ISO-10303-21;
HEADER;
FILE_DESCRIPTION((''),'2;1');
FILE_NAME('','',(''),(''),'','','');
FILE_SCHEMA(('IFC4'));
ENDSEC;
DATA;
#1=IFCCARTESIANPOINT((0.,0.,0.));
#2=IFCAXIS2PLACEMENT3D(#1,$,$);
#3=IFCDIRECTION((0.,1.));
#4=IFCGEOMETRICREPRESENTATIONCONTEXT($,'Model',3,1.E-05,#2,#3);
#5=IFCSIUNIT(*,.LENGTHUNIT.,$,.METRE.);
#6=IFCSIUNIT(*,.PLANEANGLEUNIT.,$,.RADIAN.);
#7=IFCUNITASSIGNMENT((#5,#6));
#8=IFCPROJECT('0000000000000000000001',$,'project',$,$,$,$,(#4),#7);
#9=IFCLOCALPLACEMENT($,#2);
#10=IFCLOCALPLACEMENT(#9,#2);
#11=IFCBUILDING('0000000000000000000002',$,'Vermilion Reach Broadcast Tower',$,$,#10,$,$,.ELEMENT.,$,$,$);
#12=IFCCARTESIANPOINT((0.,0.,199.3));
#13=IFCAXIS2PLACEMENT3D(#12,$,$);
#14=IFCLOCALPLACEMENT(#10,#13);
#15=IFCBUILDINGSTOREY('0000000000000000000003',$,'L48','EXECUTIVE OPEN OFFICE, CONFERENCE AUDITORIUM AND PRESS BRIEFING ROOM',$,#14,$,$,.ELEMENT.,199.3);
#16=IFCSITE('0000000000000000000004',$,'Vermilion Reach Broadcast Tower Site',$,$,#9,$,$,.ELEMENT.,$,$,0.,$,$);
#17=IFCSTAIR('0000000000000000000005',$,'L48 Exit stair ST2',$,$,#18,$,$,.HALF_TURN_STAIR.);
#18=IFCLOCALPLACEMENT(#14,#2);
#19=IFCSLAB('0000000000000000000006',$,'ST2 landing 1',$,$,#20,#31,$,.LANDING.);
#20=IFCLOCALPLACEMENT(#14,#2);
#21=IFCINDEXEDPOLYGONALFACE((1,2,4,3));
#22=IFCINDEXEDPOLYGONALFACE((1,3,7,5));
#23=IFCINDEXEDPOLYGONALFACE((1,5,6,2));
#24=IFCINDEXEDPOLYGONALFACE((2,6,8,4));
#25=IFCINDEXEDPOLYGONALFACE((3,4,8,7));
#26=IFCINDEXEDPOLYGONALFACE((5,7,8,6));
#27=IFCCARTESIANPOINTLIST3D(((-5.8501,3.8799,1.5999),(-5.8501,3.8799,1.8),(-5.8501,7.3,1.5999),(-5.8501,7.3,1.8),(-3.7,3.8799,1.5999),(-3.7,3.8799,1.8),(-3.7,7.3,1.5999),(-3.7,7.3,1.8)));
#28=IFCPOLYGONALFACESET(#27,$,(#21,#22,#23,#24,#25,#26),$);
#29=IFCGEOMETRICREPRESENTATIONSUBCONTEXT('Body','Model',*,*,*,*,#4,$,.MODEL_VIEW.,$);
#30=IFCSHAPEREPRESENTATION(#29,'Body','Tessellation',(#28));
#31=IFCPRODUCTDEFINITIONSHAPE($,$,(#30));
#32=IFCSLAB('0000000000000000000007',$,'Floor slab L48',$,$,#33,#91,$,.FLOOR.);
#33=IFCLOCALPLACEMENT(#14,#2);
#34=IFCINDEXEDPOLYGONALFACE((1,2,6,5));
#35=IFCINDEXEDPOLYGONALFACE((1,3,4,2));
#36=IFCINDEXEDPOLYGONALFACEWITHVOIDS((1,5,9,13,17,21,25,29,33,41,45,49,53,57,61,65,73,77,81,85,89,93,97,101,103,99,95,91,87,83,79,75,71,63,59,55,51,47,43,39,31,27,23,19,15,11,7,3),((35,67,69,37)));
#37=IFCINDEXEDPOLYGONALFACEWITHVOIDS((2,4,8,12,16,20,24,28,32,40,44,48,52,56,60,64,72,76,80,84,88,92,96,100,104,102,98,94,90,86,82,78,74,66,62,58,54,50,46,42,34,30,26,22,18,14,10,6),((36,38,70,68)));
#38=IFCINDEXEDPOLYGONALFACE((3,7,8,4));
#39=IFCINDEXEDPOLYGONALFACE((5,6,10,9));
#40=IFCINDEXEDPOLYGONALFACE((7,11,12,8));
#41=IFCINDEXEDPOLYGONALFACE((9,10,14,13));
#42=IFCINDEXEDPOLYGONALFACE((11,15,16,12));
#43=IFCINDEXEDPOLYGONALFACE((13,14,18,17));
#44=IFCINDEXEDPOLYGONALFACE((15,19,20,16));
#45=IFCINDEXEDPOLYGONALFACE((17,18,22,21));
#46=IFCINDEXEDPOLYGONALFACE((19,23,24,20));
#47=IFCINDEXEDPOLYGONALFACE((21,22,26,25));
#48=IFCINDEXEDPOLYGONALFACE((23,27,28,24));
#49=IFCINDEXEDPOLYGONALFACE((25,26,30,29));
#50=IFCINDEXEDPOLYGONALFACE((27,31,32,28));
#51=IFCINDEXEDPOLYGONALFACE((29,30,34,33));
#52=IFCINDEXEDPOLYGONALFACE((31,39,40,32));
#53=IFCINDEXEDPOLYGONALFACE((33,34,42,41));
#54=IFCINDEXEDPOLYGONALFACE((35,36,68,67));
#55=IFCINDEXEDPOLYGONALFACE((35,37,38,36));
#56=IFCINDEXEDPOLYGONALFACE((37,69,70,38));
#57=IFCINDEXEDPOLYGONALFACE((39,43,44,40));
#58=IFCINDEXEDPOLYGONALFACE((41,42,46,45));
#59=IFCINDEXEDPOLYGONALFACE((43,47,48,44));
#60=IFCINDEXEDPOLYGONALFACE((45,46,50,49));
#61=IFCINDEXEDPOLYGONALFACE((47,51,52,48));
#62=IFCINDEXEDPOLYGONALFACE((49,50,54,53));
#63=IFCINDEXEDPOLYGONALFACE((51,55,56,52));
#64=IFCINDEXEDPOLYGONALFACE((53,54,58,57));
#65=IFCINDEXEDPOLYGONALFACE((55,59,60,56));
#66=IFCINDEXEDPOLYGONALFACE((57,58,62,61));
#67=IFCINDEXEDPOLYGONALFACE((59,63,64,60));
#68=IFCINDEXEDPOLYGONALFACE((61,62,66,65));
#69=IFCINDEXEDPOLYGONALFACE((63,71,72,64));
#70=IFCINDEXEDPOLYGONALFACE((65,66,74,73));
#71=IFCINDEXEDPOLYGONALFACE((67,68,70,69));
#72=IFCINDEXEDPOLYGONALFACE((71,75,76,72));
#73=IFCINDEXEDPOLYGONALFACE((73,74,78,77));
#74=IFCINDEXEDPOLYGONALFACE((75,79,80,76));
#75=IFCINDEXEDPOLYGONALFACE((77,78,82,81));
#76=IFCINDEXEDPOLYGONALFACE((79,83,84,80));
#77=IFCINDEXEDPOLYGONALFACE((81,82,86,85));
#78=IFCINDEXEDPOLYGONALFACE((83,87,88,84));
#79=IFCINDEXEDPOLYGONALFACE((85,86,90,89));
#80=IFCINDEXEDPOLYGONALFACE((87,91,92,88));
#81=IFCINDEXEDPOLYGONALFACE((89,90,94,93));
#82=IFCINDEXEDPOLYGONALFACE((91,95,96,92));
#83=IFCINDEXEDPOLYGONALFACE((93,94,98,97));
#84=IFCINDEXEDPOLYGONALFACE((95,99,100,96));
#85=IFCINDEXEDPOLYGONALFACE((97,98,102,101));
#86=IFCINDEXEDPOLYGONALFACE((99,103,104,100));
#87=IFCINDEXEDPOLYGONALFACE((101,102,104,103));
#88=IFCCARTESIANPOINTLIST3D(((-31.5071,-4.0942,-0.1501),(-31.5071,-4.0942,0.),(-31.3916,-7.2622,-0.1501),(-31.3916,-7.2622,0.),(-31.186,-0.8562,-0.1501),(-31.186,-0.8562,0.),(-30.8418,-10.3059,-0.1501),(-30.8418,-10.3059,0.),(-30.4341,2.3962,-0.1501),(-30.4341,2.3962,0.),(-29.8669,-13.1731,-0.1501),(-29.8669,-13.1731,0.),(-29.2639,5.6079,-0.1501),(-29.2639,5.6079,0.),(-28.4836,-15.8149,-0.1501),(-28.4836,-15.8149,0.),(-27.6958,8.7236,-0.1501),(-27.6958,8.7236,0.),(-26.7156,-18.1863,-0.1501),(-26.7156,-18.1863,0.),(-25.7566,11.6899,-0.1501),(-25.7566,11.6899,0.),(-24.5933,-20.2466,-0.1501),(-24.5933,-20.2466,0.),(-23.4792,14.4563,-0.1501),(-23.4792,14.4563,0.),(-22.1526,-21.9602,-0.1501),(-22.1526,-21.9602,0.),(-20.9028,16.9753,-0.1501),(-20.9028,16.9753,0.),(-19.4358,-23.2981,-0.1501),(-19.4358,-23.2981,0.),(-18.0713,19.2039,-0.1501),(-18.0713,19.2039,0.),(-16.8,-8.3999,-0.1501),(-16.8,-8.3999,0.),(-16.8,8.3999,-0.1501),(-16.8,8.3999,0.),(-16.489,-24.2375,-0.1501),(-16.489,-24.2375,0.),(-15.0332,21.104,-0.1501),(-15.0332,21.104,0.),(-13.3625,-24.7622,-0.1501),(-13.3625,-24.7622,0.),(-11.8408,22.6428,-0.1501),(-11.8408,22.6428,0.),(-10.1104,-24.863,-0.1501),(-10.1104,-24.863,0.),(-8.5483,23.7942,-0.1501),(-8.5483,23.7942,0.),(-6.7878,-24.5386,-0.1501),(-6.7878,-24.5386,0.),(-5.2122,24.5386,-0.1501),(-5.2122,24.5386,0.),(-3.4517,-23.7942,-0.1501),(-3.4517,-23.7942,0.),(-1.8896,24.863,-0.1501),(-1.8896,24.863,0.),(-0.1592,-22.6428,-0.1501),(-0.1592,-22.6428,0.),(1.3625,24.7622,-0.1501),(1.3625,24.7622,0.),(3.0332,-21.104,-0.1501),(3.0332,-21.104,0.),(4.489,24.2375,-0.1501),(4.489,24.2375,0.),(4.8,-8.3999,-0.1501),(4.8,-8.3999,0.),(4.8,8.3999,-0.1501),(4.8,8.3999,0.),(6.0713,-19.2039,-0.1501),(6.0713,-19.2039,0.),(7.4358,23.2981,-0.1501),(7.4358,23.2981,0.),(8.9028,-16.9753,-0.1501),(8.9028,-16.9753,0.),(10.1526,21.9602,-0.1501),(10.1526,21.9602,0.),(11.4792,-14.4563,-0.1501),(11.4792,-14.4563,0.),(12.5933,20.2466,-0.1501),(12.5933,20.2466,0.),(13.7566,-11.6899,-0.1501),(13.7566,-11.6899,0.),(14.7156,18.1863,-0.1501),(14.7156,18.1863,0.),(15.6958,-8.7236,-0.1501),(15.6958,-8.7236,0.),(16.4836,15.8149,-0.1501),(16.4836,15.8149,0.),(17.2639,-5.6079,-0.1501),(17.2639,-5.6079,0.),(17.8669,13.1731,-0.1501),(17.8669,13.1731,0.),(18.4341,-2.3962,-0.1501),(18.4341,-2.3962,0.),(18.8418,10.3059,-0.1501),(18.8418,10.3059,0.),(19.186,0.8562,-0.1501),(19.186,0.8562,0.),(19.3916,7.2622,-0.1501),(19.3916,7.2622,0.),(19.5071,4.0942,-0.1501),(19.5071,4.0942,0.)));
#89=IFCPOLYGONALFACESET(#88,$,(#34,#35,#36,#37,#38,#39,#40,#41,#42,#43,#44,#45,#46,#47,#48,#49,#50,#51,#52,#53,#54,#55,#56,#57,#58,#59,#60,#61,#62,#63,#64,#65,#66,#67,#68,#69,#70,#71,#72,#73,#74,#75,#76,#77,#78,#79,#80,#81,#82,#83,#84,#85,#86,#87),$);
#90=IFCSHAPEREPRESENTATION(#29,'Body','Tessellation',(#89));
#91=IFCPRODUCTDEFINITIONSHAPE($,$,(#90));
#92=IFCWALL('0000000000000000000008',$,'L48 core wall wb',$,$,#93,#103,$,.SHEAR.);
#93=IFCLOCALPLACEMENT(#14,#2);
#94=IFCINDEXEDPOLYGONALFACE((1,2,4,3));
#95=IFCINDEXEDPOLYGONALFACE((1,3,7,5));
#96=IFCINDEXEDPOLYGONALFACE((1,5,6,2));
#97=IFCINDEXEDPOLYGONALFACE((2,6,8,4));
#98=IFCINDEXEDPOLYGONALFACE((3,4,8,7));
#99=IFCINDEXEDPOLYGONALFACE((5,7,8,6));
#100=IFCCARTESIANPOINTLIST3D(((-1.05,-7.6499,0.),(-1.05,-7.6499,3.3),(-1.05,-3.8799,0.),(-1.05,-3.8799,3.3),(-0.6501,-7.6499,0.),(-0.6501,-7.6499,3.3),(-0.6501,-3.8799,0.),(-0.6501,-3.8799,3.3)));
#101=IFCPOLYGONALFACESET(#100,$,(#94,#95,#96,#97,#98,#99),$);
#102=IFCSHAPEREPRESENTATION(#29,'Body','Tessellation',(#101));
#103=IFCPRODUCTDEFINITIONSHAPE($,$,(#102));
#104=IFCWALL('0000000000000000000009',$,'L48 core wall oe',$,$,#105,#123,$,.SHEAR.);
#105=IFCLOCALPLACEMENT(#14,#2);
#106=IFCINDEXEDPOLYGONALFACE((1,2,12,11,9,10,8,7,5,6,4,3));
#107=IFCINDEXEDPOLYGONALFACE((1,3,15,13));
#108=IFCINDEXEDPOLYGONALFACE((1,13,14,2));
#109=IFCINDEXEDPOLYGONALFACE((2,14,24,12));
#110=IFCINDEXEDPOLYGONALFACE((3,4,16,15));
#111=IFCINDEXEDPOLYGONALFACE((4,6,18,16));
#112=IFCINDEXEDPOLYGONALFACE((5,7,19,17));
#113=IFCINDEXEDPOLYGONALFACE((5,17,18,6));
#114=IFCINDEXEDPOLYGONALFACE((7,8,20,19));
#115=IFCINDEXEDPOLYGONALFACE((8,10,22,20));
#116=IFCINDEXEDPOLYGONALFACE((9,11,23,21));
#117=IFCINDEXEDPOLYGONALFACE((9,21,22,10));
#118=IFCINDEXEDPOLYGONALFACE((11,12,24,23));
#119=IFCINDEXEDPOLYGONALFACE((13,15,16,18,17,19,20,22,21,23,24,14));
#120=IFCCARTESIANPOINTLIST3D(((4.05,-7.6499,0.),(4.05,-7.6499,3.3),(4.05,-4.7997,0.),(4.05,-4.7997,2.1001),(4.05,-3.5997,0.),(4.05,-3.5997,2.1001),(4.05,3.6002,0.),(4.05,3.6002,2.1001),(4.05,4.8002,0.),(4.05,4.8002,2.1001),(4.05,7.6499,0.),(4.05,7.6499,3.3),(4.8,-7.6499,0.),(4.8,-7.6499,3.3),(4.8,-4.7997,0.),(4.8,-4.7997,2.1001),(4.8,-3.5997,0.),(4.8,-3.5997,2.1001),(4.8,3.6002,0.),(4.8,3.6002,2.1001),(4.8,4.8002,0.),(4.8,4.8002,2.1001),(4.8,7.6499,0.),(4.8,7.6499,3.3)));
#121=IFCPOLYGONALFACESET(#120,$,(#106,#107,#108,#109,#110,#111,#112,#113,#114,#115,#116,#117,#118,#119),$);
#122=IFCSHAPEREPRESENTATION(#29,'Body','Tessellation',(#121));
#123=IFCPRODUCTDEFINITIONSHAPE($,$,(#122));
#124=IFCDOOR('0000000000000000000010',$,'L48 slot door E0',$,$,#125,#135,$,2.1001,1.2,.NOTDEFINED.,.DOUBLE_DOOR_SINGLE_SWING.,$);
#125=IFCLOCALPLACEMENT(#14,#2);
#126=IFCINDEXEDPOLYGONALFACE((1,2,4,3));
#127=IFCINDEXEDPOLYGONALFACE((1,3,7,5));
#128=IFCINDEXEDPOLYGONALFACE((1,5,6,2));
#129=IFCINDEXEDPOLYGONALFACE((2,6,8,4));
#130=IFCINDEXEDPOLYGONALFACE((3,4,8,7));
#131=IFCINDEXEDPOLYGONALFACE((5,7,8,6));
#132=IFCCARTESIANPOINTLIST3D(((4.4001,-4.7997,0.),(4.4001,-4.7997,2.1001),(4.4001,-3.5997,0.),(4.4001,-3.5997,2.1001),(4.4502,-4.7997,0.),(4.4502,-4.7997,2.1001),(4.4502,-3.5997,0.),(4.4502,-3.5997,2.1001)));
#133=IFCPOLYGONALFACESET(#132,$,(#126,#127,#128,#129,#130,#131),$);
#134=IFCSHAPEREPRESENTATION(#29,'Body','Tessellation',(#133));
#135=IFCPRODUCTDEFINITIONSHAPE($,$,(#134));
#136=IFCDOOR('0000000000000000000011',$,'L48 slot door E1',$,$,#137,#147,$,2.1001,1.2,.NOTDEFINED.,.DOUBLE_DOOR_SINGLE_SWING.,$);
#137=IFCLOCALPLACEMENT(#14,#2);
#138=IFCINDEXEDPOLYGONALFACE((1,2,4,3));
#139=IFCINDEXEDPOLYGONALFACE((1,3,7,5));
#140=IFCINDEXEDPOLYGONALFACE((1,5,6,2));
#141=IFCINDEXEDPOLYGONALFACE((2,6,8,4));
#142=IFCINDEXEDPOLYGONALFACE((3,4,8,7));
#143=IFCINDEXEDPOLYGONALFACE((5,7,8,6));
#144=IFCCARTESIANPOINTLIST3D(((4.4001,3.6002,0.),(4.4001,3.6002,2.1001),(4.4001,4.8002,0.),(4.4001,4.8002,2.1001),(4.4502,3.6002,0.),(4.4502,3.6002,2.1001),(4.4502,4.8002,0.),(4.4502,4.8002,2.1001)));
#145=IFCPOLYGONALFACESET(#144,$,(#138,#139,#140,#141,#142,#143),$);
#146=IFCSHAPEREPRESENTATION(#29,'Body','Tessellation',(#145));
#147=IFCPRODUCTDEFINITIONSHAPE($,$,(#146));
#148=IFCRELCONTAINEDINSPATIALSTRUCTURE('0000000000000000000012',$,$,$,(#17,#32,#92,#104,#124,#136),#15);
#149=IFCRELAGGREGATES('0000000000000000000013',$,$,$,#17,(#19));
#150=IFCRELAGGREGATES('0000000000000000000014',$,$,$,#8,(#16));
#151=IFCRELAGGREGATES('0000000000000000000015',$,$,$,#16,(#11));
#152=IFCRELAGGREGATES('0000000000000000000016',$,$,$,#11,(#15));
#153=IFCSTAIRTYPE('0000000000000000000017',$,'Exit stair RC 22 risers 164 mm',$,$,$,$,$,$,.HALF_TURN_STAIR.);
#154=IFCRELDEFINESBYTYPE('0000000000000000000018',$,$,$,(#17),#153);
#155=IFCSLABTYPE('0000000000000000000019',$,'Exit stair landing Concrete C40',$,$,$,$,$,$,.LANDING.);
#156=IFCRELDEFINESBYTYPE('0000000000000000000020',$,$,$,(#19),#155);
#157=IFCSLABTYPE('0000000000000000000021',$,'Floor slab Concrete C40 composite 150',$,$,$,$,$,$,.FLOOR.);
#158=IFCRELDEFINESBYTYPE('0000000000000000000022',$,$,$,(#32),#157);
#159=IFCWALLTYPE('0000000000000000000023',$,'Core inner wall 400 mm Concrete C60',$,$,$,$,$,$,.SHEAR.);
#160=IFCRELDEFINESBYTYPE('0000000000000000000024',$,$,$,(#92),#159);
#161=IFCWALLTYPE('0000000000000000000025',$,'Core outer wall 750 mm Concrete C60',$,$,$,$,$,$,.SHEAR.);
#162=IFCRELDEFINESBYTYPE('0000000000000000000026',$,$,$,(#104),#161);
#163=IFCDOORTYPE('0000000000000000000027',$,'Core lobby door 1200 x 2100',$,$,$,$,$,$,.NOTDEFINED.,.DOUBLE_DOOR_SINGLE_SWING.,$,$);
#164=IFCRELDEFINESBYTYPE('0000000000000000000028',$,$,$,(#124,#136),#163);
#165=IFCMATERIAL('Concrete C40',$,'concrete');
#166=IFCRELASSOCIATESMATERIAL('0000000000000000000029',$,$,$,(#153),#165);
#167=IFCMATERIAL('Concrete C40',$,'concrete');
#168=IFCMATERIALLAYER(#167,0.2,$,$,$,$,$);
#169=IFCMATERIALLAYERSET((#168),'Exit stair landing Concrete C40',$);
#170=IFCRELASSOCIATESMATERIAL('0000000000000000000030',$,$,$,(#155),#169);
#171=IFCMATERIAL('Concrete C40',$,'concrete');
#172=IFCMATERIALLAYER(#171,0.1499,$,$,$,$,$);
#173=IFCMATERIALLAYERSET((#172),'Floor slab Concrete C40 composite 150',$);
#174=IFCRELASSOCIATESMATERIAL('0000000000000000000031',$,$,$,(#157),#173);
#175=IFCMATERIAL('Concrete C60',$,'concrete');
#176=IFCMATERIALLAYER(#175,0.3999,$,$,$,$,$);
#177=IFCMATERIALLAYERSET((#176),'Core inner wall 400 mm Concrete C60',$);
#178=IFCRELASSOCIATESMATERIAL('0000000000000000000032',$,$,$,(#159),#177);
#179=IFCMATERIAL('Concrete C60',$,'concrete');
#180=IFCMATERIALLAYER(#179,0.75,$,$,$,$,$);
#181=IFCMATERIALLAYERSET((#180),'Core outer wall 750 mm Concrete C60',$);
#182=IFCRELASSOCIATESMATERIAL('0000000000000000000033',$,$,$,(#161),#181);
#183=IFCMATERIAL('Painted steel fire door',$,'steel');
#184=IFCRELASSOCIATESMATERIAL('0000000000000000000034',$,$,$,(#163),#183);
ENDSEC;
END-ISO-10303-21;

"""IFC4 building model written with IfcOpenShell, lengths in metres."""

from ifc_helpers import new_model, si_unit, direction, frame, frame_2d, origin, place, context, subcontext, project, spatial, polyline, rectangle, outline, extrude, material, layer, layer_set, type_object, element, fill, aggregate, save


model = new_model("IFC4")

# Units and contexts
model_context = context("Model", 3, precision=1e-05, world=origin(), true_north=direction((0.0, 1.0)))
body_context = subcontext(model_context, "Body", "Model", "MODEL_VIEW")
ifc_project = project(units=[si_unit("LENGTHUNIT", "METRE"), si_unit("PLANEANGLEUNIT", "RADIAN")], contexts=[model_context])

# Site, building, storey
site_placement = place(None, origin())
site = spatial("IfcSite", under=ifc_project, at=site_placement, Name="Vermilion Reach Broadcast Tower Site", CompositionType="ELEMENT", RefElevation=0.0)
building_placement = place(site_placement, origin())
building = spatial("IfcBuilding", under=site, at=building_placement, Name="Vermilion Reach Broadcast Tower", CompositionType="ELEMENT")
storey_placement = place(building_placement, frame((0.0, 0.0, 199.3)))
storey = spatial("IfcBuildingStorey", under=building, at=storey_placement, Name="L48", Description="EXECUTIVE OPEN OFFICE, CONFERENCE AUDITORIUM AND PRESS BRIEFING ROOM", CompositionType="ELEMENT", Elevation=199.3)

# Stair, slab
ifc_material_1 = material(Name="Concrete C40", Category="concrete")
stair_type = type_object("IfcStairType", Name="Exit stair RC 22 risers 164 mm", PredefinedType="HALF_TURN_STAIR", material=ifc_material_1)
placement_1 = place(storey_placement, origin())
ifc_material_2 = material(Name="Concrete C40", Category="concrete")
ifc_layer_1 = layer(ifc_material_2, 0.2)
ifc_layer_set_1 = layer_set([ifc_layer_1], Name="Exit stair landing Concrete C40")
slab_type_1 = type_object("IfcSlabType", Name="Exit stair landing Concrete C40", PredefinedType="LANDING", material=ifc_layer_set_1)
placement_2 = place(storey_placement, frame((0.0, 0.0, 1.5999)))
stair_1 = element("IfcStair", 1, at=placement_1, inside=storey, type_object=stair_type, Name="L48 Exit stair ST2", PredefinedType="HALF_TURN_STAIR")
slab_1 = element("IfcSlab", 2, at=placement_2, type_object=slab_type_1, Name="ST2 landing 1", PredefinedType="LANDING", context=body_context, shape_type="SweptSolid", body=[
    extrude(outline(polyline([(-3.7, 7.3), (-5.8501, 7.3), (-5.8501, 3.8799), (-3.7, 3.8799), (-3.7, 7.3)])), origin(), (0.0, 0.0, 1.0), 0.2002),
])
aggregate(stair_1, [slab_1])

# Slab
ifc_material_3 = material(Name="Concrete C40", Category="concrete")
ifc_layer_2 = layer(ifc_material_3, 0.1499)
ifc_layer_set_2 = layer_set([ifc_layer_2], Name="Floor slab Concrete C40 composite 150")
slab_type_2 = type_object("IfcSlabType", Name="Floor slab Concrete C40 composite 150", PredefinedType="FLOOR", material=ifc_layer_set_2)
slab_2_placement = place(storey_placement, frame((0.0, 0.0, -0.1501)))
element("IfcSlab", 3, at=slab_2_placement, inside=storey, type_object=slab_type_2, Name="Floor slab L48", PredefinedType="FLOOR", context=body_context, shape_type="SweptSolid", body=[
    extrude(outline(polyline([(14.7156, 18.1863), (12.5933, 20.2466), (10.1526, 21.9602), (7.4358, 23.2981), (4.489, 24.2375), (1.3625, 24.7622), (-1.8896, 24.863), (-5.2122, 24.5386), (-8.5483, 23.7942), (-11.8408, 22.6428), (-15.0332, 21.104), (-18.0713, 19.2039), (-20.9028, 16.9753), (-23.4792, 14.4563), (-25.7566, 11.6899), (-27.6958, 8.7236), (-29.2639, 5.6079), (-30.4341, 2.3962), (-31.186, -0.8562), (-31.5071, -4.0942), (-31.3916, -7.2622), (-30.8418, -10.3059), (-29.8669, -13.1731), (-28.4836, -15.8149), (-26.7156, -18.1863), (-24.5933, -20.2466), (-22.1526, -21.9602), (-19.4358, -23.2981), (-16.489, -24.2375), (-13.3625, -24.7622), (-10.1104, -24.863), (-6.7878, -24.5386), (-3.4517, -23.7942), (-0.1592, -22.6428), (3.0332, -21.104), (6.0713, -19.2039), (8.9028, -16.9753), (11.4792, -14.4563), (13.7566, -11.6899), (15.6958, -8.7236), (17.2639, -5.6079), (18.4341, -2.3962), (19.186, 0.8562), (19.5071, 4.0942), (19.3916, 7.2622), (18.8418, 10.3059), (17.8669, 13.1731), (16.4836, 15.8149), (14.7156, 18.1863)]), holes=[polyline([(-16.8, -8.3999), (4.8, -8.3999), (4.8, 8.3999), (-16.8, 8.3999), (-16.8, -8.3999)])]), origin(), (0.0, 0.0, 1.0), 0.1501),
])

# Wall
ifc_material_4 = material(Name="Concrete C60", Category="concrete")
ifc_layer_3 = layer(ifc_material_4, 0.3999)
ifc_layer_set_3 = layer_set([ifc_layer_3], Name="Core inner wall 400 mm Concrete C60")
wall_type_1 = type_object("IfcWallType", Name="Core inner wall 400 mm Concrete C60", PredefinedType="SHEAR", material=ifc_layer_set_3)
wall_1_placement = place(storey_placement, frame((-0.8501, -3.8799, 0.0), z_axis=(0.0, 0.0, 1.0), x_axis=(0.0, -1.0, 0.0)))
element("IfcWall", 4, at=wall_1_placement, inside=storey, type_object=wall_type_1, Name="L48 core wall wb", PredefinedType="SHEAR", context=body_context, shape_type="SweptSolid", body=[
    extrude(rectangle(XDim=3.77, YDim=0.3999, at=frame_2d((1.885, 0.0))), origin(), (0.0, 0.0, 1.0), 3.3),
])

# Wall, openings, doors
ifc_material_5 = material(Name="Concrete C60", Category="concrete")
ifc_layer_4 = layer(ifc_material_5, 0.75)
ifc_layer_set_4 = layer_set([ifc_layer_4], Name="Core outer wall 750 mm Concrete C60")
wall_type_2 = type_object("IfcWallType", Name="Core outer wall 750 mm Concrete C60", PredefinedType="SHEAR", material=ifc_layer_set_4)
wall_2_placement = place(storey_placement, frame((4.425, -7.6499, 0.0), z_axis=(0.0, 0.0, 1.0), x_axis=(0.0, 1.0, 0.0)))
wall_2 = element("IfcWall", 5, at=wall_2_placement, inside=storey, type_object=wall_type_2, Name="L48 core wall oe", PredefinedType="SHEAR", context=body_context, shape_type="SweptSolid", body=[
    extrude(rectangle(XDim=15.2998, YDim=0.75, at=frame_2d((7.6499, 0.0))), origin(), (0.0, 0.0, 1.0), 3.3),
])
opening_1_placement = place(wall_2_placement, frame((2.8501, 0.0, 0.0)))
opening_1 = element("IfcOpeningElement", 6, at=opening_1_placement, cuts=wall_2, PredefinedType="OPENING", context=body_context, shape_type="SweptSolid", body=[
    extrude(rectangle(XDim=1.2, YDim=2.1001, at=frame_2d((0.6001, 1.05))), frame((0.0, 0.385, 0.0), z_axis=(0.0, -1.0, 0.0), x_axis=(1.0, 0.0, 0.0)), (0.0, 0.0, 1.0), 0.77),
])
opening_2_placement = place(wall_2_placement, frame((11.25, 0.0, 0.0)))
opening_2 = element("IfcOpeningElement", 7, at=opening_2_placement, cuts=wall_2, PredefinedType="OPENING", context=body_context, shape_type="SweptSolid", body=[
    extrude(rectangle(XDim=1.2, YDim=2.1001, at=frame_2d((0.6001, 1.05))), frame((0.0, 0.385, 0.0), z_axis=(0.0, -1.0, 0.0), x_axis=(1.0, 0.0, 0.0)), (0.0, 0.0, 1.0), 0.77),
])
ifc_material_6 = material(Name="Painted steel fire door", Category="steel")
door_type_1 = type_object("IfcDoorType", Name="Core lobby door 1200 x 2100", OperationType="DOUBLE_DOOR_SINGLE_SWING", PredefinedType="NOTDEFINED", material=ifc_material_6)
door_1_placement = place(opening_1_placement, origin())
door_1 = element("IfcDoor", 8, at=door_1_placement, inside=storey, type_object=door_type_1, Name="L48 slot door E0", OperationType="DOUBLE_DOOR_SINGLE_SWING", OverallHeight=2.1001, OverallWidth=1.2, PredefinedType="NOTDEFINED", context=body_context, shape_type="SweptSolid", body=[
    extrude(rectangle(XDim=1.2, YDim=2.1001, at=frame_2d((0.6001, 1.05))), frame((0.0, 0.0249, 0.0), z_axis=(0.0, -1.0, 0.0), x_axis=(1.0, 0.0, 0.0)), (0.0, 0.0, 1.0), 0.05),
])
fill(opening_1, door_1)
door_2_placement = place(opening_2_placement, origin())
door_2 = element("IfcDoor", 9, at=door_2_placement, inside=storey, type_object=door_type_1, Name="L48 slot door E1", OperationType="DOUBLE_DOOR_SINGLE_SWING", OverallHeight=2.1001, OverallWidth=1.2, PredefinedType="NOTDEFINED", context=body_context, shape_type="SweptSolid", body=[
    extrude(rectangle(XDim=1.2, YDim=2.1001, at=frame_2d((0.6001, 1.05))), frame((0.0, 0.0249, 0.0), z_axis=(0.0, -1.0, 0.0), x_axis=(1.0, 0.0, 0.0)), (0.0, 0.0, 1.0), 0.05),
])
fill(opening_2, door_2)

save(model, "model.ifc")
